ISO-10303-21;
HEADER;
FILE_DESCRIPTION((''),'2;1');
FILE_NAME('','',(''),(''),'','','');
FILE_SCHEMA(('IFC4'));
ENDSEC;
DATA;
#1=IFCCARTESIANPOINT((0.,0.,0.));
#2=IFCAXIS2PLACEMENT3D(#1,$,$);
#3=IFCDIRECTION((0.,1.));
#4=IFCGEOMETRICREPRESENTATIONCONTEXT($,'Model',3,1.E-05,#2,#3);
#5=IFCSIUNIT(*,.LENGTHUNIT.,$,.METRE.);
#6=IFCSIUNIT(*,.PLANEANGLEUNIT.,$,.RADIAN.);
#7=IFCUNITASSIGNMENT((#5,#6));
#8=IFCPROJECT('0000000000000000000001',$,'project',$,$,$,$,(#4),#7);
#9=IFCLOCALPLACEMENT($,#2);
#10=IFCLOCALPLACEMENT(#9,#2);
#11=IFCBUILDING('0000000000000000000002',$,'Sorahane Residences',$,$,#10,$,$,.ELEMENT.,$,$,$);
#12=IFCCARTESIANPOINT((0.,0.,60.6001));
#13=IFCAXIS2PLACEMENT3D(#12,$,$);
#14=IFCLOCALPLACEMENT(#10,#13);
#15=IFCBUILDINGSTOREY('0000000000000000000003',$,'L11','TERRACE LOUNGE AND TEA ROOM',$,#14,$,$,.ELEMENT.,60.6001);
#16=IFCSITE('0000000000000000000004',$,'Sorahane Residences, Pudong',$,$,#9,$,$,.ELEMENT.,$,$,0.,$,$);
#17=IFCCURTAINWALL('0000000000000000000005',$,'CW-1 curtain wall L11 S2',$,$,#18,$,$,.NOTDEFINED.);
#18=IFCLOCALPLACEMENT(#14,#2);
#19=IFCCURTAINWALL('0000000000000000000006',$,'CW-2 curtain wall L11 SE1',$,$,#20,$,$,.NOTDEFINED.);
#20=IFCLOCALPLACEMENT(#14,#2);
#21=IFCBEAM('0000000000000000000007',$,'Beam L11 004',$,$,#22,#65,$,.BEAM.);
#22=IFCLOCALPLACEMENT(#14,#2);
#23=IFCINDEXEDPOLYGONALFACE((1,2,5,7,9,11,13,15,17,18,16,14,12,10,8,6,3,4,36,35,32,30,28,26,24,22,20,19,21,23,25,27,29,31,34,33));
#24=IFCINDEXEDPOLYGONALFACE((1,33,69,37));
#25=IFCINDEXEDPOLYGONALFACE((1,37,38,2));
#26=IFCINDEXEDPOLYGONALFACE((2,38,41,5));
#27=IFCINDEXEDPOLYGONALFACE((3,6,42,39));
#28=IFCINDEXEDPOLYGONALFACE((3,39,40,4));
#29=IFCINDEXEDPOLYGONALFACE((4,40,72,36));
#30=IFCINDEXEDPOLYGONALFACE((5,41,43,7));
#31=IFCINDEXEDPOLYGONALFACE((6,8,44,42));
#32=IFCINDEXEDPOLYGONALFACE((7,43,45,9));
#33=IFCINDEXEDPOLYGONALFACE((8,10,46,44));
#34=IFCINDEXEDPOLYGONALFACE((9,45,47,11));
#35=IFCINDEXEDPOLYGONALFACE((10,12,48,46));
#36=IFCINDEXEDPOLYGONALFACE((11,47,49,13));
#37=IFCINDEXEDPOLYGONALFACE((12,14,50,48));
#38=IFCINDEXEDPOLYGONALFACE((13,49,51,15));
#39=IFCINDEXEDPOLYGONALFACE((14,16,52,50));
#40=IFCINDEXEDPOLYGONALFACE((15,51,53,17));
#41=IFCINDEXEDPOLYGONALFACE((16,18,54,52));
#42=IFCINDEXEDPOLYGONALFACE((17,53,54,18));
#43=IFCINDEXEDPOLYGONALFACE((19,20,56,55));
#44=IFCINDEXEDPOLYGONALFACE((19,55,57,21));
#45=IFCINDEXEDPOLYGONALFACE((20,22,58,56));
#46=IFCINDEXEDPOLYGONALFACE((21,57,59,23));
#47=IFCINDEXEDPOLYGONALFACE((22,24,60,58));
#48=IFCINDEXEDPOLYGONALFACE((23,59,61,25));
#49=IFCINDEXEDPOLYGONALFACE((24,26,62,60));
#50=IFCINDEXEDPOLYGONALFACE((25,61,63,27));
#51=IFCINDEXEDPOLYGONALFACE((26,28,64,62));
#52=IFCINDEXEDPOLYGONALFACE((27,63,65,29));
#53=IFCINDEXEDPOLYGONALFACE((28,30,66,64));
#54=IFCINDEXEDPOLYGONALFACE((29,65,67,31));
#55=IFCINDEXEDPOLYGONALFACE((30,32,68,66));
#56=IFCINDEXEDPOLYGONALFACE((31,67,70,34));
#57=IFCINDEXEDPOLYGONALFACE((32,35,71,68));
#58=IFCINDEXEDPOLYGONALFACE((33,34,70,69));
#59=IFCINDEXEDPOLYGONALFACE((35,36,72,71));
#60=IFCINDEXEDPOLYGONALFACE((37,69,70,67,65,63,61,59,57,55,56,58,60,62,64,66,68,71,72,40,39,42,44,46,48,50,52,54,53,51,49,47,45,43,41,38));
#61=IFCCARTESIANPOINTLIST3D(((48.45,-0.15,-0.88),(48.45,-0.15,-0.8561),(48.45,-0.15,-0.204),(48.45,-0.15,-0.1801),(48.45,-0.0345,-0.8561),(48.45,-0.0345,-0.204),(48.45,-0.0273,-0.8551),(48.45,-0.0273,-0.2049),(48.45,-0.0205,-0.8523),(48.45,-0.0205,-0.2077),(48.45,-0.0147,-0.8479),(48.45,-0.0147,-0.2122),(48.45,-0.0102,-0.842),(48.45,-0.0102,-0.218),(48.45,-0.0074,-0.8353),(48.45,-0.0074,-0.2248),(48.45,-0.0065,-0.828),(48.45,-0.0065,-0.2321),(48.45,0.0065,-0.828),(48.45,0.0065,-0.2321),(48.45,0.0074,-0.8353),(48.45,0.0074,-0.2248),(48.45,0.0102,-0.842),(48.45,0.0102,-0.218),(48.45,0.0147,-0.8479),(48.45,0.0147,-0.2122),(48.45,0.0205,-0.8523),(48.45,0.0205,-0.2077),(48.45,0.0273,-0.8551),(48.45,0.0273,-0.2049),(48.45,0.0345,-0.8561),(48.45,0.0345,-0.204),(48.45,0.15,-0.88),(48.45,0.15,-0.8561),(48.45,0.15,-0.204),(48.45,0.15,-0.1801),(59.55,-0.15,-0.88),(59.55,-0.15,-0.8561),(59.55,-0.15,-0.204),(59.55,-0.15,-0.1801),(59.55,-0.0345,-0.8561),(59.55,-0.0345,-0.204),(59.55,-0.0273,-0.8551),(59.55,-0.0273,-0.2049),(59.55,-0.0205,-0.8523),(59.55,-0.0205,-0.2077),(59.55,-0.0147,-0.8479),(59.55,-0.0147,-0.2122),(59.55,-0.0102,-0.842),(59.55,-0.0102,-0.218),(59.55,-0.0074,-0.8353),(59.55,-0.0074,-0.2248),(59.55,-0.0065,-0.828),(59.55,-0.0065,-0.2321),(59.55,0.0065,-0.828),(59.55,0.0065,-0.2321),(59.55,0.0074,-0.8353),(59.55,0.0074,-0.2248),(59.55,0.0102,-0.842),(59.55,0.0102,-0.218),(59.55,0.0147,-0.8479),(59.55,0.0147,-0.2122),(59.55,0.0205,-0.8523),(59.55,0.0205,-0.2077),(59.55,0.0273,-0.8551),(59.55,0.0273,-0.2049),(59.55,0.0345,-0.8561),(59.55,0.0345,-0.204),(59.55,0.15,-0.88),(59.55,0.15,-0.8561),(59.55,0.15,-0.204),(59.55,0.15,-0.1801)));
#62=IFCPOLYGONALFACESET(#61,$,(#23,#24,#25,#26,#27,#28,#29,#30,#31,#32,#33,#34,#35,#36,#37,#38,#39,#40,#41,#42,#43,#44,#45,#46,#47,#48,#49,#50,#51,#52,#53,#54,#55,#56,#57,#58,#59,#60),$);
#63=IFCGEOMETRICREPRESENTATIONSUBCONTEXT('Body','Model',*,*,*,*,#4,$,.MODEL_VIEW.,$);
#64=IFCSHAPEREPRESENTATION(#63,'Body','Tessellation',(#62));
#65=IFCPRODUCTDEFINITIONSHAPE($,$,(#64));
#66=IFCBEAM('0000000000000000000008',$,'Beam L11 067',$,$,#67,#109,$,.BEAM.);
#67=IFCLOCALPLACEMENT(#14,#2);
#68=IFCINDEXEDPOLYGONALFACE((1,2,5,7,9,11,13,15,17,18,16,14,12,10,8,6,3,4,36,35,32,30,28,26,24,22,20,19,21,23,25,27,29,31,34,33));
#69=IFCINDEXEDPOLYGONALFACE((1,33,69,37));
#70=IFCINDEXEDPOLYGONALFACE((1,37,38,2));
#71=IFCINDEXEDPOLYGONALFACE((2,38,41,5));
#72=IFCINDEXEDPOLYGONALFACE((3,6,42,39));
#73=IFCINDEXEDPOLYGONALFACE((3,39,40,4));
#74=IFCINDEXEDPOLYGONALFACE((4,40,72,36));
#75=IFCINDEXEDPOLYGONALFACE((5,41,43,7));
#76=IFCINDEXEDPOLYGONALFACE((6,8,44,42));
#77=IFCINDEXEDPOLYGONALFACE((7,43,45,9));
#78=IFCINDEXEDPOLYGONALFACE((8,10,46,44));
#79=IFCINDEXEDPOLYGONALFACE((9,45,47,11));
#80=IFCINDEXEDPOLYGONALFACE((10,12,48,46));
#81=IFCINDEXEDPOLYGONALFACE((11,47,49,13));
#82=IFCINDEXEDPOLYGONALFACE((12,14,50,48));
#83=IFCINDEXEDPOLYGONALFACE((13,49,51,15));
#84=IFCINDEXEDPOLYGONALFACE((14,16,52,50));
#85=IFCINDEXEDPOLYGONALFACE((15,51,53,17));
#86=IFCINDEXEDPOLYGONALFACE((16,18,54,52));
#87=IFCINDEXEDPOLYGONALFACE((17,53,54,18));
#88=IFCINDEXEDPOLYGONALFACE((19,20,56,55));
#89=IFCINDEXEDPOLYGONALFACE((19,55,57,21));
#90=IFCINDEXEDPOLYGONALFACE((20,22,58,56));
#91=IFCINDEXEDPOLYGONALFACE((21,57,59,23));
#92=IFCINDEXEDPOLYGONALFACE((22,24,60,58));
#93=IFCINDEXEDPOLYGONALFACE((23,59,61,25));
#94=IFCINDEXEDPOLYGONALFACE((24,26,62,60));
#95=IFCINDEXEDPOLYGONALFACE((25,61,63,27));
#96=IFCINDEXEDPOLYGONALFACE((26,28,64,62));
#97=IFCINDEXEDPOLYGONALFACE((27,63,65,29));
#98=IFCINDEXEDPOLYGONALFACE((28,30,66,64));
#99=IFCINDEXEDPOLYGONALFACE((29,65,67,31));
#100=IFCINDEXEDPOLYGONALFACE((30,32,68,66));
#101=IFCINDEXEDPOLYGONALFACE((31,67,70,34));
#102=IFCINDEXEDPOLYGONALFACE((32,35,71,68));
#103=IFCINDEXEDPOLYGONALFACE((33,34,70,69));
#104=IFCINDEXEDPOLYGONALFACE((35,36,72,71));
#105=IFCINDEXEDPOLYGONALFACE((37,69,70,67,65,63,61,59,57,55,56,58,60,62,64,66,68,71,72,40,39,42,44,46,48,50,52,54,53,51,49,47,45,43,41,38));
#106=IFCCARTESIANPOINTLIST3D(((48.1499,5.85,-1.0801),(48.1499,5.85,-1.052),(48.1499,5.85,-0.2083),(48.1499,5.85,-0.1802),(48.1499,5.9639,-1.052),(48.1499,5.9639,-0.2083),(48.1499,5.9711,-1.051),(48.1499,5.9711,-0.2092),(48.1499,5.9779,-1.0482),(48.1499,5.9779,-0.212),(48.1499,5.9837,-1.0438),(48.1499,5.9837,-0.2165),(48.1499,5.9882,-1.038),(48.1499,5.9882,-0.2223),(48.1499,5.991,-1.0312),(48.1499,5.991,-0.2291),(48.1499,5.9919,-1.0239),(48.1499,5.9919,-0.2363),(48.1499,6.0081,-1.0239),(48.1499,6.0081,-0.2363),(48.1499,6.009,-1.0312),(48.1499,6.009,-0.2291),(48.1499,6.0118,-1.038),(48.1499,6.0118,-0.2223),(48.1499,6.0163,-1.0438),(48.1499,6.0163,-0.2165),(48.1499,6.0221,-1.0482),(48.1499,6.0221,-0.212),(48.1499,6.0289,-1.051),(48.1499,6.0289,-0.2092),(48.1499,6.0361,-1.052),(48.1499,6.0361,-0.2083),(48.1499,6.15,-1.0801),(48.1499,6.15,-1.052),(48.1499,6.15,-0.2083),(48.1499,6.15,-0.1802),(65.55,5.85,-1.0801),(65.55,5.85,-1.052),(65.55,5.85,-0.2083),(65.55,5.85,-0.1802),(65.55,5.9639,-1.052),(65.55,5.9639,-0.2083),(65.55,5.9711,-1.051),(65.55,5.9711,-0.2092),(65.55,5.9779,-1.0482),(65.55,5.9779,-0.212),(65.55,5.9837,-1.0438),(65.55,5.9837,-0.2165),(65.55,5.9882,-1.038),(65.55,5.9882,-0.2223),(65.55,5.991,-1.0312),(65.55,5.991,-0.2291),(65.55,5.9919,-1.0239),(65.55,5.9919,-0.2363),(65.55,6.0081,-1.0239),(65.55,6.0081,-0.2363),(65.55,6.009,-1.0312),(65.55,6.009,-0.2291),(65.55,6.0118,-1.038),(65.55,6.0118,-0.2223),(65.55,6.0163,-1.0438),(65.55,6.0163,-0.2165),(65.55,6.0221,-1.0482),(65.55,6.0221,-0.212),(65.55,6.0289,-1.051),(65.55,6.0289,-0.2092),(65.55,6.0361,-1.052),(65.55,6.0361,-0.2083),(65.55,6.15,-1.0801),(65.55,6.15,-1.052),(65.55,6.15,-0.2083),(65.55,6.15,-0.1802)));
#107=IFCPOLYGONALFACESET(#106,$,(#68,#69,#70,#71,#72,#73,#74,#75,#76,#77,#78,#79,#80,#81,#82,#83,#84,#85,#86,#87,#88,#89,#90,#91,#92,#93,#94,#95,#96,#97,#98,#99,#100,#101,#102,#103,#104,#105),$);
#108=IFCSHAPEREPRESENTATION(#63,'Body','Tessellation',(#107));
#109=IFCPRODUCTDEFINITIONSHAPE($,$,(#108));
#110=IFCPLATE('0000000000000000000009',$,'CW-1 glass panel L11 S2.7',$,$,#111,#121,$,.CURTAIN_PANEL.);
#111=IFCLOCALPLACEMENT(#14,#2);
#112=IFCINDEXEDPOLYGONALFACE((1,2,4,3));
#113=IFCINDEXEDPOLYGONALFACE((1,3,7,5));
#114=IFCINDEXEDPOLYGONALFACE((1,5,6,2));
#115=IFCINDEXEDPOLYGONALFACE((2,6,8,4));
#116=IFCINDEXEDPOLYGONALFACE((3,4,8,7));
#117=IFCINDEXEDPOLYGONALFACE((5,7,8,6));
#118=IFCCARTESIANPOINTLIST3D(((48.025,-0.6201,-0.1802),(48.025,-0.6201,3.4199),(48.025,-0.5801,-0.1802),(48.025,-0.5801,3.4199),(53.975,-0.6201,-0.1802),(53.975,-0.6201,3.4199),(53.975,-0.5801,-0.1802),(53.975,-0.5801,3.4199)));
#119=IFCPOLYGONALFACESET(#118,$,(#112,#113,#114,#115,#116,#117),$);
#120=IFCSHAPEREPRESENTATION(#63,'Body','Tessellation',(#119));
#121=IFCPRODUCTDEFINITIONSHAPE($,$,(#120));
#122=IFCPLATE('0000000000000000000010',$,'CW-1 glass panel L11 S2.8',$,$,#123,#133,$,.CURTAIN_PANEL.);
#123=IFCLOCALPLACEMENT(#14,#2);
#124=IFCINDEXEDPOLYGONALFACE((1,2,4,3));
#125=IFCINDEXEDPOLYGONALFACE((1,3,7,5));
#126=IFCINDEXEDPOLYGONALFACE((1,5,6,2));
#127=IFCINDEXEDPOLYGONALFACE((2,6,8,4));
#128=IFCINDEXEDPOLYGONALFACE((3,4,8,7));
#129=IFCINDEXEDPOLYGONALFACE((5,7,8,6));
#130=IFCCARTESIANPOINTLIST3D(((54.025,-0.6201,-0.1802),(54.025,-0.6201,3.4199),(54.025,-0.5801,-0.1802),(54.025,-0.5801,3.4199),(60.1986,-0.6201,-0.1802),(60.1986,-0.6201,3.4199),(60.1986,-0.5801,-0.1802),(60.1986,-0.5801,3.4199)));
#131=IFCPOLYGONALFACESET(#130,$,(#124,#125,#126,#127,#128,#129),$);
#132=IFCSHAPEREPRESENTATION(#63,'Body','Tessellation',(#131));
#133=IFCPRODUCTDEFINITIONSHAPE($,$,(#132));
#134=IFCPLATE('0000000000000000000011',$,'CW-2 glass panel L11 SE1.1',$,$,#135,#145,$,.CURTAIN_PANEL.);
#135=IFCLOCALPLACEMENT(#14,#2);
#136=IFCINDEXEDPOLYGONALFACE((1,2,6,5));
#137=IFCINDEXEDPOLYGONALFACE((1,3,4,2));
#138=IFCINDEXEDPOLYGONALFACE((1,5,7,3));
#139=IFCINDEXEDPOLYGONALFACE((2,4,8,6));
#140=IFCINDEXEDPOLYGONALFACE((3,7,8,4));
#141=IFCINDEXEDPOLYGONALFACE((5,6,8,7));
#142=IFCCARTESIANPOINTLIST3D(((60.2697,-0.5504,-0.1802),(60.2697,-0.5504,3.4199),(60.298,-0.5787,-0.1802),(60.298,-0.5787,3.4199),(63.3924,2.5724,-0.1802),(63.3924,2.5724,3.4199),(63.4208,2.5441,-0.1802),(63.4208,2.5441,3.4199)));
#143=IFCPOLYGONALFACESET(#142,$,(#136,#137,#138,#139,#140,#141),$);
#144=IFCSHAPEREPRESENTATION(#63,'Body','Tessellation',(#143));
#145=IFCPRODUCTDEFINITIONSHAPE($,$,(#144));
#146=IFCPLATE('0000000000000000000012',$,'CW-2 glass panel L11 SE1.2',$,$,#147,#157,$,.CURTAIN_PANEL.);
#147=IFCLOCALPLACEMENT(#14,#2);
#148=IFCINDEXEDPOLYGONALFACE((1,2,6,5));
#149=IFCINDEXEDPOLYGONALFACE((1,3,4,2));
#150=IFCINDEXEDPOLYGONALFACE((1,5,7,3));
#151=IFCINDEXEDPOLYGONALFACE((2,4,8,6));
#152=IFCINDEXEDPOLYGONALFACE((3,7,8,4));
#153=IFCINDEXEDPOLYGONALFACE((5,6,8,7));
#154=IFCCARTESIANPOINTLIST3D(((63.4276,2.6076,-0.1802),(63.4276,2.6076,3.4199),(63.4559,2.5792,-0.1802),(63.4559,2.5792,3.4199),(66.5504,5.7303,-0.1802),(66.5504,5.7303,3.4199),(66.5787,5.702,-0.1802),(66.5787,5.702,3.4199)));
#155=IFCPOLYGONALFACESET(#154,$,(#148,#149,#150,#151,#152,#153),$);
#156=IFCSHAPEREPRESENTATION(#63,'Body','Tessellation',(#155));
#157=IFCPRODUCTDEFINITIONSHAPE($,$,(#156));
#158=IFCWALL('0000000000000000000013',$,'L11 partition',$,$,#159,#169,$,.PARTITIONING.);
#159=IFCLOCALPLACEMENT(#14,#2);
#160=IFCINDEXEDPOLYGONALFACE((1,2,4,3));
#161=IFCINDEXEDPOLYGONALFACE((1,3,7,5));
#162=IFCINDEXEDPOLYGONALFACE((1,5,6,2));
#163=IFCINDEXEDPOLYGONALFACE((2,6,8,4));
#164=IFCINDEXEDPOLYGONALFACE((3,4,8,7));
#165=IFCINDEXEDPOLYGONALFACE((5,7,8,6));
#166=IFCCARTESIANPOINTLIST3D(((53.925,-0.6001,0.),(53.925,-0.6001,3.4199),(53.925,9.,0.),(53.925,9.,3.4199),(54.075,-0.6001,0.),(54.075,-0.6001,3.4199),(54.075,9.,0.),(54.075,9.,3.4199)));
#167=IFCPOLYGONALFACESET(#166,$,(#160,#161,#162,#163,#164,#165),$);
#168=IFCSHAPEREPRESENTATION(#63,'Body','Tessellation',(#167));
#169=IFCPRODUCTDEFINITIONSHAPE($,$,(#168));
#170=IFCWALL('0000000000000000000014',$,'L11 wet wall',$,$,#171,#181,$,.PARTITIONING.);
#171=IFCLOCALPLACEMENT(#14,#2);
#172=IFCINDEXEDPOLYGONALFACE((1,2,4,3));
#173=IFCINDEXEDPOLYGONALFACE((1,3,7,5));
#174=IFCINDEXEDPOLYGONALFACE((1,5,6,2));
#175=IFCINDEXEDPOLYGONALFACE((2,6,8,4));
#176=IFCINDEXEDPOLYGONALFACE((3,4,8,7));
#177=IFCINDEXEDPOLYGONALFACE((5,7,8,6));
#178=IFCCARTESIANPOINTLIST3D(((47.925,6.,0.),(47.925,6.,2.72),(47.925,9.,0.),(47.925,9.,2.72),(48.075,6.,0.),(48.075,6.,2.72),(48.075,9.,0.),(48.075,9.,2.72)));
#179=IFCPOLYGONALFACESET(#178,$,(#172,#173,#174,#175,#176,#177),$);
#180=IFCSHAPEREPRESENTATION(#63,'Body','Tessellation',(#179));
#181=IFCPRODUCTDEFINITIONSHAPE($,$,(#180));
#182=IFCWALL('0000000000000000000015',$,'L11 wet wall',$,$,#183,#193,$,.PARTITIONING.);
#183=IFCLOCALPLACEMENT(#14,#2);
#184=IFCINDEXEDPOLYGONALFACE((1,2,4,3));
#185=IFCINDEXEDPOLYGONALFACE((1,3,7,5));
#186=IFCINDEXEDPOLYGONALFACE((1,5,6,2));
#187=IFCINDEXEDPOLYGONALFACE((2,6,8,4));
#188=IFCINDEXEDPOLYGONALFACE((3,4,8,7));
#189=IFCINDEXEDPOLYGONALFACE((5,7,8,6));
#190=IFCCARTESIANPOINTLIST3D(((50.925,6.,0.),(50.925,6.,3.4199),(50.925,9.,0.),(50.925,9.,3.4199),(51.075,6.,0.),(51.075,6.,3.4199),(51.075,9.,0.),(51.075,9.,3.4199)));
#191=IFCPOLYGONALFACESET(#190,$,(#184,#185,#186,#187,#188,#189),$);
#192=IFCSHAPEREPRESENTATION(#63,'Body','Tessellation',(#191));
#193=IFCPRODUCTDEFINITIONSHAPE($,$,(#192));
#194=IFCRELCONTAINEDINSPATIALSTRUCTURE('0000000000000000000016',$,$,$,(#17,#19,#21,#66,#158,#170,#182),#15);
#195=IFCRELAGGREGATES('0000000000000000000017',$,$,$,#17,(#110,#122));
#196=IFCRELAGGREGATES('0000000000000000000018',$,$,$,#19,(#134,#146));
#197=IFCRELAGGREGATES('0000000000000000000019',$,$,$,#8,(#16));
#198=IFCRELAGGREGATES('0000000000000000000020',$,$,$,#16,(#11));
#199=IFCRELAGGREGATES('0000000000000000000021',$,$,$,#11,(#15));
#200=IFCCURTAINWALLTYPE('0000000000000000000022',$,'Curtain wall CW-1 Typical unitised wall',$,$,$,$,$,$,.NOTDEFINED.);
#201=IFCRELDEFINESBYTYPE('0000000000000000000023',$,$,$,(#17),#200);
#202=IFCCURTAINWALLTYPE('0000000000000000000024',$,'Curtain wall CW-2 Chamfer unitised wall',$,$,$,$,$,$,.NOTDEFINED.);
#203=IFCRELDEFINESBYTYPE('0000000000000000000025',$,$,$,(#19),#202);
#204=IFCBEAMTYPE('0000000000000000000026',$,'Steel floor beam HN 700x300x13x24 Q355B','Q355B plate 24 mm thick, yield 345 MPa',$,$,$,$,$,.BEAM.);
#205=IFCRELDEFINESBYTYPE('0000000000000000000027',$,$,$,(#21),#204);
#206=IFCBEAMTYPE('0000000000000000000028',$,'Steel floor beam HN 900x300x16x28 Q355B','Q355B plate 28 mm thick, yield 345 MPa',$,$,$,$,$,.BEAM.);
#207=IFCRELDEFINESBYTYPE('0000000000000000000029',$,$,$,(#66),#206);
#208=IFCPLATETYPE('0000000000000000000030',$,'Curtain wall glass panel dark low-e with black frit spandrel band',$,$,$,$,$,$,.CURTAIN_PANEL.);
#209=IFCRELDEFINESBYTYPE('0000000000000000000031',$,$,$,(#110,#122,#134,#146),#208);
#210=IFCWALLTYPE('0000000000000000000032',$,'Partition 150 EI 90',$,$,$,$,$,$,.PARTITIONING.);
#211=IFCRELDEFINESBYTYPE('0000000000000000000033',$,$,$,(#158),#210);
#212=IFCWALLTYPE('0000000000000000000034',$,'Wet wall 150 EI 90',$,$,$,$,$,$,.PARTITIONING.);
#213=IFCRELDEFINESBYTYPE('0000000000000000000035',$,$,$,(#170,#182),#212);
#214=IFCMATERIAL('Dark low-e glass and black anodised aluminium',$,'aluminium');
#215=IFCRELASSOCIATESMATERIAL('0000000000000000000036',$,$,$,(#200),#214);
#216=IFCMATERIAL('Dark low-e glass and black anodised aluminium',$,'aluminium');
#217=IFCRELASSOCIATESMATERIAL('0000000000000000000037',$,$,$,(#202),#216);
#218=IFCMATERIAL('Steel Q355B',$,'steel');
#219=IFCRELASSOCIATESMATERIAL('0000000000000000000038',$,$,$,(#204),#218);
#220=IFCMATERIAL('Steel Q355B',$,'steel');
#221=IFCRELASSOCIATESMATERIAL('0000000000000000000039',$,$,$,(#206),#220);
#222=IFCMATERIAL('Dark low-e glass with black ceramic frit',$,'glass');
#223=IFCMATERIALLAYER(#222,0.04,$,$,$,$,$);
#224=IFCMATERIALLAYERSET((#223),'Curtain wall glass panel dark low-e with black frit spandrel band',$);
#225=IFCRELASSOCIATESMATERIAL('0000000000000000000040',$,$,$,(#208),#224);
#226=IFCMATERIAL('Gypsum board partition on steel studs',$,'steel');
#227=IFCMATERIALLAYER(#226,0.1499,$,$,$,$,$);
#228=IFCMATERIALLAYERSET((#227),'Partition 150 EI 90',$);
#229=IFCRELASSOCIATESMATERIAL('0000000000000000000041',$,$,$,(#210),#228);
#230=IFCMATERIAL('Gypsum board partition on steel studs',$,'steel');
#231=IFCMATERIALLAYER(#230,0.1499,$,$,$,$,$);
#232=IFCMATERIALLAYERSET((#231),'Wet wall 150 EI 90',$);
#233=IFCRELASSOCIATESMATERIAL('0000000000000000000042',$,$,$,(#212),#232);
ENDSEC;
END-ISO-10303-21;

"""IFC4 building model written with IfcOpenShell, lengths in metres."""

from ifc_helpers import new_model, si_unit, direction, frame, frame_2d, origin, origin_2d, place, context, subcontext, project, spatial, rectangle, i_section, extrude, material, layer, layer_set, material_profile, profile_set, type_object, element, aggregate, save


model = new_model("IFC4")

# Units and contexts
model_context = context("Model", 3, precision=1e-05, world=origin(), true_north=direction((0.0, 1.0)))
body_context = subcontext(model_context, "Body", "Model", "MODEL_VIEW")
ifc_project = project(units=[si_unit("LENGTHUNIT", "METRE"), si_unit("PLANEANGLEUNIT", "RADIAN")], contexts=[model_context])

# Site, building, storey
site_placement = place(None, origin())
site = spatial("IfcSite", under=ifc_project, at=site_placement, Name="Sorahane Residences, Pudong", CompositionType="ELEMENT", RefElevation=0.0)
building_placement = place(site_placement, origin())
building = spatial("IfcBuilding", under=site, at=building_placement, Name="Sorahane Residences", CompositionType="ELEMENT")
storey_placement = place(building_placement, frame((0.0, 0.0, 60.6001)))
storey = spatial("IfcBuildingStorey", under=building, at=storey_placement, Name="L11", Description="TERRACE LOUNGE AND TEA ROOM", CompositionType="ELEMENT", Elevation=60.6001)

# Curtain walls
ifc_material_1 = material(Name="Dark low-e glass and black anodised aluminium", Category="aluminium")
curtain_wall_type_1 = type_object("IfcCurtainWallType", Name="Curtain wall CW-1 Typical unitised wall", PredefinedType="NOTDEFINED", material=ifc_material_1)
curtain_wall_1_placement = place(storey_placement, origin())
curtain_wall_1 = element("IfcCurtainWall", 1, at=curtain_wall_1_placement, inside=storey, type_object=curtain_wall_type_1, Name="CW-1 curtain wall L11 S2", PredefinedType="NOTDEFINED")
ifc_material_2 = material(Name="Dark low-e glass and black anodised aluminium", Category="aluminium")
curtain_wall_type_2 = type_object("IfcCurtainWallType", Name="Curtain wall CW-2 Chamfer unitised wall", PredefinedType="NOTDEFINED", material=ifc_material_2)
curtain_wall_2_placement = place(storey_placement, origin())
curtain_wall_2 = element("IfcCurtainWall", 2, at=curtain_wall_2_placement, inside=storey, type_object=curtain_wall_type_2, Name="CW-2 curtain wall L11 SE1", PredefinedType="NOTDEFINED")

# Beams
ifc_material_3 = material(Name="Steel Q355B", Category="steel")
ifc_material_profile_1 = material_profile(ifc_material_3, i_section(OverallWidth=0.3, OverallDepth=0.7, WebThickness=0.0129, FlangeThickness=0.0239, FilletRadius=0.0281, at=origin_2d()), Name="HN 700x300x13x24")
ifc_profile_set_1 = profile_set([ifc_material_profile_1], Name="Steel Q355B")
beam_type_1 = type_object("IfcBeamType", Name="Steel floor beam HN 700x300x13x24 Q355B", Description="Q355B plate 24 mm thick, yield 345 MPa", PredefinedType="BEAM", material=ifc_profile_set_1)
beam_1_placement = place(storey_placement, frame((48.45, 0.0, -0.53), z_axis=(1.0, 0.0, 0.0), x_axis=(0.0, 1.0, 0.0)))
element("IfcBeam", 3, at=beam_1_placement, inside=storey, type_object=beam_type_1, Name="Beam L11 004", PredefinedType="BEAM", context=body_context, shape_type="SweptSolid", body=[
    extrude(i_section(OverallWidth=0.3, OverallDepth=0.7, WebThickness=0.0129, FlangeThickness=0.0239, FilletRadius=0.0281, at=origin_2d()), origin(), (0.0, 0.0, 1.0), 11.1001),
])
ifc_material_4 = material(Name="Steel Q355B", Category="steel")
ifc_material_profile_2 = material_profile(ifc_material_4, i_section(OverallWidth=0.3, OverallDepth=0.8999, WebThickness=0.0161, FlangeThickness=0.0281, FilletRadius=0.0281, at=origin_2d()), Name="HN 900x300x16x28")
ifc_profile_set_2 = profile_set([ifc_material_profile_2], Name="Steel Q355B")
beam_type_2 = type_object("IfcBeamType", Name="Steel floor beam HN 900x300x16x28 Q355B", Description="Q355B plate 28 mm thick, yield 345 MPa", PredefinedType="BEAM", material=ifc_profile_set_2)
beam_2_placement = place(storey_placement, frame((48.1499, 6.0, -0.6301), z_axis=(1.0, 0.0, 0.0), x_axis=(0.0, 1.0, 0.0)))
element("IfcBeam", 4, at=beam_2_placement, inside=storey, type_object=beam_type_2, Name="Beam L11 067", PredefinedType="BEAM", context=body_context, shape_type="SweptSolid", body=[
    extrude(i_section(OverallWidth=0.3, OverallDepth=0.8999, WebThickness=0.0161, FlangeThickness=0.0281, FilletRadius=0.0281, at=origin_2d()), origin(), (0.0, 0.0, 1.0), 17.4001),
])

# Plates
ifc_material_5 = material(Name="Dark low-e glass with black ceramic frit", Category="glass")
ifc_layer_1 = layer(ifc_material_5, 0.04)
ifc_layer_set_1 = layer_set([ifc_layer_1], Name="Curtain wall glass panel dark low-e with black frit spandrel band")
plate_type = type_object("IfcPlateType", Name="Curtain wall glass panel dark low-e with black frit spandrel band", PredefinedType="CURTAIN_PANEL", material=ifc_layer_set_1)
plate_1_placement = place(storey_placement, frame((51.0, -0.6001, -0.1802), z_axis=(0.0, 0.0, 1.0), x_axis=(1.0, 0.0, 0.0)))
plate_1 = element("IfcPlate", 5, at=plate_1_placement, type_object=plate_type, Name="CW-1 glass panel L11 S2.7", PredefinedType="CURTAIN_PANEL", context=body_context, shape_type="SweptSolid", body=[
    extrude(rectangle(XDim=5.95, YDim=0.04, at=origin_2d()), origin(), (0.0, 0.0, 1.0), 3.6001),
])
plate_2_placement = place(storey_placement, frame((57.1118, -0.6001, -0.1802), z_axis=(0.0, 0.0, 1.0), x_axis=(1.0, 0.0, 0.0)))
plate_2 = element("IfcPlate", 6, at=plate_2_placement, type_object=plate_type, Name="CW-1 glass panel L11 S2.8", PredefinedType="CURTAIN_PANEL", context=body_context, shape_type="SweptSolid", body=[
    extrude(rectangle(XDim=6.1736, YDim=0.04, at=origin_2d()), origin(), (0.0, 0.0, 1.0), 3.6001),
])
aggregate(curtain_wall_1, [plate_1, plate_2])
plate_3_placement = place(storey_placement, frame((61.8452, 0.9968, -0.1802), z_axis=(0.0, 0.0, 1.0), x_axis=(0.707107, 0.707107, 0.0)))
plate_3 = element("IfcPlate", 7, at=plate_3_placement, type_object=plate_type, Name="CW-2 glass panel L11 SE1.1", PredefinedType="CURTAIN_PANEL", context=body_context, shape_type="SweptSolid", body=[
    extrude(rectangle(XDim=4.4163, YDim=0.04, at=origin_2d()), origin(), (0.0, 0.0, 1.0), 3.6001),
])
plate_4_placement = place(storey_placement, frame((65.0032, 4.1548, -0.1802), z_axis=(0.0, 0.0, 1.0), x_axis=(0.707107, 0.707107, 0.0)))
plate_4 = element("IfcPlate", 8, at=plate_4_placement, type_object=plate_type, Name="CW-2 glass panel L11 SE1.2", PredefinedType="CURTAIN_PANEL", context=body_context, shape_type="SweptSolid", body=[
    extrude(rectangle(XDim=4.4163, YDim=0.04, at=origin_2d()), origin(), (0.0, 0.0, 1.0), 3.6001),
])
aggregate(curtain_wall_2, [plate_3, plate_4])

# Wall
ifc_material_6 = material(Name="Gypsum board partition on steel studs", Category="steel")
ifc_layer_2 = layer(ifc_material_6, 0.1499)
ifc_layer_set_2 = layer_set([ifc_layer_2], Name="Partition 150 EI 90")
wall_type_1 = type_object("IfcWallType", Name="Partition 150 EI 90", PredefinedType="PARTITIONING", material=ifc_layer_set_2)
wall_1_placement = place(storey_placement, frame((54.0, -0.6001, 0.0), z_axis=(0.0, 0.0, 1.0), x_axis=(0.0, 1.0, 0.0)))
element("IfcWall", 9, at=wall_1_placement, inside=storey, type_object=wall_type_1, Name="L11 partition", PredefinedType="PARTITIONING", context=body_context, shape_type="SweptSolid", body=[
    extrude(rectangle(XDim=9.6001, YDim=0.1499, at=frame_2d((4.8, 0.0))), origin(), (0.0, 0.0, 1.0), 3.4199),
])

# Walls
ifc_material_7 = material(Name="Gypsum board partition on steel studs", Category="steel")
ifc_layer_3 = layer(ifc_material_7, 0.1499)
ifc_layer_set_3 = layer_set([ifc_layer_3], Name="Wet wall 150 EI 90")
wall_type_2 = type_object("IfcWallType", Name="Wet wall 150 EI 90", PredefinedType="PARTITIONING", material=ifc_layer_set_3)
wall_2_placement = place(storey_placement, frame((48.0, 6.0, 0.0), z_axis=(0.0, 0.0, 1.0), x_axis=(0.0, 1.0, 0.0)))
element("IfcWall", 10, at=wall_2_placement, inside=storey, type_object=wall_type_2, Name="L11 wet wall", PredefinedType="PARTITIONING", context=body_context, shape_type="SweptSolid", body=[
    extrude(rectangle(XDim=3.0, YDim=0.1499, at=frame_2d((1.5, 0.0))), origin(), (0.0, 0.0, 1.0), 2.72),
])
wall_3_placement = place(storey_placement, frame((51.0, 6.0, 0.0), z_axis=(0.0, 0.0, 1.0), x_axis=(0.0, 1.0, 0.0)))
element("IfcWall", 11, at=wall_3_placement, inside=storey, type_object=wall_type_2, Name="L11 wet wall", PredefinedType="PARTITIONING", context=body_context, shape_type="SweptSolid", body=[
    extrude(rectangle(XDim=3.0, YDim=0.1499, at=frame_2d((1.5, 0.0))), origin(), (0.0, 0.0, 1.0), 3.4199),
])

save(model, "model.ifc")
